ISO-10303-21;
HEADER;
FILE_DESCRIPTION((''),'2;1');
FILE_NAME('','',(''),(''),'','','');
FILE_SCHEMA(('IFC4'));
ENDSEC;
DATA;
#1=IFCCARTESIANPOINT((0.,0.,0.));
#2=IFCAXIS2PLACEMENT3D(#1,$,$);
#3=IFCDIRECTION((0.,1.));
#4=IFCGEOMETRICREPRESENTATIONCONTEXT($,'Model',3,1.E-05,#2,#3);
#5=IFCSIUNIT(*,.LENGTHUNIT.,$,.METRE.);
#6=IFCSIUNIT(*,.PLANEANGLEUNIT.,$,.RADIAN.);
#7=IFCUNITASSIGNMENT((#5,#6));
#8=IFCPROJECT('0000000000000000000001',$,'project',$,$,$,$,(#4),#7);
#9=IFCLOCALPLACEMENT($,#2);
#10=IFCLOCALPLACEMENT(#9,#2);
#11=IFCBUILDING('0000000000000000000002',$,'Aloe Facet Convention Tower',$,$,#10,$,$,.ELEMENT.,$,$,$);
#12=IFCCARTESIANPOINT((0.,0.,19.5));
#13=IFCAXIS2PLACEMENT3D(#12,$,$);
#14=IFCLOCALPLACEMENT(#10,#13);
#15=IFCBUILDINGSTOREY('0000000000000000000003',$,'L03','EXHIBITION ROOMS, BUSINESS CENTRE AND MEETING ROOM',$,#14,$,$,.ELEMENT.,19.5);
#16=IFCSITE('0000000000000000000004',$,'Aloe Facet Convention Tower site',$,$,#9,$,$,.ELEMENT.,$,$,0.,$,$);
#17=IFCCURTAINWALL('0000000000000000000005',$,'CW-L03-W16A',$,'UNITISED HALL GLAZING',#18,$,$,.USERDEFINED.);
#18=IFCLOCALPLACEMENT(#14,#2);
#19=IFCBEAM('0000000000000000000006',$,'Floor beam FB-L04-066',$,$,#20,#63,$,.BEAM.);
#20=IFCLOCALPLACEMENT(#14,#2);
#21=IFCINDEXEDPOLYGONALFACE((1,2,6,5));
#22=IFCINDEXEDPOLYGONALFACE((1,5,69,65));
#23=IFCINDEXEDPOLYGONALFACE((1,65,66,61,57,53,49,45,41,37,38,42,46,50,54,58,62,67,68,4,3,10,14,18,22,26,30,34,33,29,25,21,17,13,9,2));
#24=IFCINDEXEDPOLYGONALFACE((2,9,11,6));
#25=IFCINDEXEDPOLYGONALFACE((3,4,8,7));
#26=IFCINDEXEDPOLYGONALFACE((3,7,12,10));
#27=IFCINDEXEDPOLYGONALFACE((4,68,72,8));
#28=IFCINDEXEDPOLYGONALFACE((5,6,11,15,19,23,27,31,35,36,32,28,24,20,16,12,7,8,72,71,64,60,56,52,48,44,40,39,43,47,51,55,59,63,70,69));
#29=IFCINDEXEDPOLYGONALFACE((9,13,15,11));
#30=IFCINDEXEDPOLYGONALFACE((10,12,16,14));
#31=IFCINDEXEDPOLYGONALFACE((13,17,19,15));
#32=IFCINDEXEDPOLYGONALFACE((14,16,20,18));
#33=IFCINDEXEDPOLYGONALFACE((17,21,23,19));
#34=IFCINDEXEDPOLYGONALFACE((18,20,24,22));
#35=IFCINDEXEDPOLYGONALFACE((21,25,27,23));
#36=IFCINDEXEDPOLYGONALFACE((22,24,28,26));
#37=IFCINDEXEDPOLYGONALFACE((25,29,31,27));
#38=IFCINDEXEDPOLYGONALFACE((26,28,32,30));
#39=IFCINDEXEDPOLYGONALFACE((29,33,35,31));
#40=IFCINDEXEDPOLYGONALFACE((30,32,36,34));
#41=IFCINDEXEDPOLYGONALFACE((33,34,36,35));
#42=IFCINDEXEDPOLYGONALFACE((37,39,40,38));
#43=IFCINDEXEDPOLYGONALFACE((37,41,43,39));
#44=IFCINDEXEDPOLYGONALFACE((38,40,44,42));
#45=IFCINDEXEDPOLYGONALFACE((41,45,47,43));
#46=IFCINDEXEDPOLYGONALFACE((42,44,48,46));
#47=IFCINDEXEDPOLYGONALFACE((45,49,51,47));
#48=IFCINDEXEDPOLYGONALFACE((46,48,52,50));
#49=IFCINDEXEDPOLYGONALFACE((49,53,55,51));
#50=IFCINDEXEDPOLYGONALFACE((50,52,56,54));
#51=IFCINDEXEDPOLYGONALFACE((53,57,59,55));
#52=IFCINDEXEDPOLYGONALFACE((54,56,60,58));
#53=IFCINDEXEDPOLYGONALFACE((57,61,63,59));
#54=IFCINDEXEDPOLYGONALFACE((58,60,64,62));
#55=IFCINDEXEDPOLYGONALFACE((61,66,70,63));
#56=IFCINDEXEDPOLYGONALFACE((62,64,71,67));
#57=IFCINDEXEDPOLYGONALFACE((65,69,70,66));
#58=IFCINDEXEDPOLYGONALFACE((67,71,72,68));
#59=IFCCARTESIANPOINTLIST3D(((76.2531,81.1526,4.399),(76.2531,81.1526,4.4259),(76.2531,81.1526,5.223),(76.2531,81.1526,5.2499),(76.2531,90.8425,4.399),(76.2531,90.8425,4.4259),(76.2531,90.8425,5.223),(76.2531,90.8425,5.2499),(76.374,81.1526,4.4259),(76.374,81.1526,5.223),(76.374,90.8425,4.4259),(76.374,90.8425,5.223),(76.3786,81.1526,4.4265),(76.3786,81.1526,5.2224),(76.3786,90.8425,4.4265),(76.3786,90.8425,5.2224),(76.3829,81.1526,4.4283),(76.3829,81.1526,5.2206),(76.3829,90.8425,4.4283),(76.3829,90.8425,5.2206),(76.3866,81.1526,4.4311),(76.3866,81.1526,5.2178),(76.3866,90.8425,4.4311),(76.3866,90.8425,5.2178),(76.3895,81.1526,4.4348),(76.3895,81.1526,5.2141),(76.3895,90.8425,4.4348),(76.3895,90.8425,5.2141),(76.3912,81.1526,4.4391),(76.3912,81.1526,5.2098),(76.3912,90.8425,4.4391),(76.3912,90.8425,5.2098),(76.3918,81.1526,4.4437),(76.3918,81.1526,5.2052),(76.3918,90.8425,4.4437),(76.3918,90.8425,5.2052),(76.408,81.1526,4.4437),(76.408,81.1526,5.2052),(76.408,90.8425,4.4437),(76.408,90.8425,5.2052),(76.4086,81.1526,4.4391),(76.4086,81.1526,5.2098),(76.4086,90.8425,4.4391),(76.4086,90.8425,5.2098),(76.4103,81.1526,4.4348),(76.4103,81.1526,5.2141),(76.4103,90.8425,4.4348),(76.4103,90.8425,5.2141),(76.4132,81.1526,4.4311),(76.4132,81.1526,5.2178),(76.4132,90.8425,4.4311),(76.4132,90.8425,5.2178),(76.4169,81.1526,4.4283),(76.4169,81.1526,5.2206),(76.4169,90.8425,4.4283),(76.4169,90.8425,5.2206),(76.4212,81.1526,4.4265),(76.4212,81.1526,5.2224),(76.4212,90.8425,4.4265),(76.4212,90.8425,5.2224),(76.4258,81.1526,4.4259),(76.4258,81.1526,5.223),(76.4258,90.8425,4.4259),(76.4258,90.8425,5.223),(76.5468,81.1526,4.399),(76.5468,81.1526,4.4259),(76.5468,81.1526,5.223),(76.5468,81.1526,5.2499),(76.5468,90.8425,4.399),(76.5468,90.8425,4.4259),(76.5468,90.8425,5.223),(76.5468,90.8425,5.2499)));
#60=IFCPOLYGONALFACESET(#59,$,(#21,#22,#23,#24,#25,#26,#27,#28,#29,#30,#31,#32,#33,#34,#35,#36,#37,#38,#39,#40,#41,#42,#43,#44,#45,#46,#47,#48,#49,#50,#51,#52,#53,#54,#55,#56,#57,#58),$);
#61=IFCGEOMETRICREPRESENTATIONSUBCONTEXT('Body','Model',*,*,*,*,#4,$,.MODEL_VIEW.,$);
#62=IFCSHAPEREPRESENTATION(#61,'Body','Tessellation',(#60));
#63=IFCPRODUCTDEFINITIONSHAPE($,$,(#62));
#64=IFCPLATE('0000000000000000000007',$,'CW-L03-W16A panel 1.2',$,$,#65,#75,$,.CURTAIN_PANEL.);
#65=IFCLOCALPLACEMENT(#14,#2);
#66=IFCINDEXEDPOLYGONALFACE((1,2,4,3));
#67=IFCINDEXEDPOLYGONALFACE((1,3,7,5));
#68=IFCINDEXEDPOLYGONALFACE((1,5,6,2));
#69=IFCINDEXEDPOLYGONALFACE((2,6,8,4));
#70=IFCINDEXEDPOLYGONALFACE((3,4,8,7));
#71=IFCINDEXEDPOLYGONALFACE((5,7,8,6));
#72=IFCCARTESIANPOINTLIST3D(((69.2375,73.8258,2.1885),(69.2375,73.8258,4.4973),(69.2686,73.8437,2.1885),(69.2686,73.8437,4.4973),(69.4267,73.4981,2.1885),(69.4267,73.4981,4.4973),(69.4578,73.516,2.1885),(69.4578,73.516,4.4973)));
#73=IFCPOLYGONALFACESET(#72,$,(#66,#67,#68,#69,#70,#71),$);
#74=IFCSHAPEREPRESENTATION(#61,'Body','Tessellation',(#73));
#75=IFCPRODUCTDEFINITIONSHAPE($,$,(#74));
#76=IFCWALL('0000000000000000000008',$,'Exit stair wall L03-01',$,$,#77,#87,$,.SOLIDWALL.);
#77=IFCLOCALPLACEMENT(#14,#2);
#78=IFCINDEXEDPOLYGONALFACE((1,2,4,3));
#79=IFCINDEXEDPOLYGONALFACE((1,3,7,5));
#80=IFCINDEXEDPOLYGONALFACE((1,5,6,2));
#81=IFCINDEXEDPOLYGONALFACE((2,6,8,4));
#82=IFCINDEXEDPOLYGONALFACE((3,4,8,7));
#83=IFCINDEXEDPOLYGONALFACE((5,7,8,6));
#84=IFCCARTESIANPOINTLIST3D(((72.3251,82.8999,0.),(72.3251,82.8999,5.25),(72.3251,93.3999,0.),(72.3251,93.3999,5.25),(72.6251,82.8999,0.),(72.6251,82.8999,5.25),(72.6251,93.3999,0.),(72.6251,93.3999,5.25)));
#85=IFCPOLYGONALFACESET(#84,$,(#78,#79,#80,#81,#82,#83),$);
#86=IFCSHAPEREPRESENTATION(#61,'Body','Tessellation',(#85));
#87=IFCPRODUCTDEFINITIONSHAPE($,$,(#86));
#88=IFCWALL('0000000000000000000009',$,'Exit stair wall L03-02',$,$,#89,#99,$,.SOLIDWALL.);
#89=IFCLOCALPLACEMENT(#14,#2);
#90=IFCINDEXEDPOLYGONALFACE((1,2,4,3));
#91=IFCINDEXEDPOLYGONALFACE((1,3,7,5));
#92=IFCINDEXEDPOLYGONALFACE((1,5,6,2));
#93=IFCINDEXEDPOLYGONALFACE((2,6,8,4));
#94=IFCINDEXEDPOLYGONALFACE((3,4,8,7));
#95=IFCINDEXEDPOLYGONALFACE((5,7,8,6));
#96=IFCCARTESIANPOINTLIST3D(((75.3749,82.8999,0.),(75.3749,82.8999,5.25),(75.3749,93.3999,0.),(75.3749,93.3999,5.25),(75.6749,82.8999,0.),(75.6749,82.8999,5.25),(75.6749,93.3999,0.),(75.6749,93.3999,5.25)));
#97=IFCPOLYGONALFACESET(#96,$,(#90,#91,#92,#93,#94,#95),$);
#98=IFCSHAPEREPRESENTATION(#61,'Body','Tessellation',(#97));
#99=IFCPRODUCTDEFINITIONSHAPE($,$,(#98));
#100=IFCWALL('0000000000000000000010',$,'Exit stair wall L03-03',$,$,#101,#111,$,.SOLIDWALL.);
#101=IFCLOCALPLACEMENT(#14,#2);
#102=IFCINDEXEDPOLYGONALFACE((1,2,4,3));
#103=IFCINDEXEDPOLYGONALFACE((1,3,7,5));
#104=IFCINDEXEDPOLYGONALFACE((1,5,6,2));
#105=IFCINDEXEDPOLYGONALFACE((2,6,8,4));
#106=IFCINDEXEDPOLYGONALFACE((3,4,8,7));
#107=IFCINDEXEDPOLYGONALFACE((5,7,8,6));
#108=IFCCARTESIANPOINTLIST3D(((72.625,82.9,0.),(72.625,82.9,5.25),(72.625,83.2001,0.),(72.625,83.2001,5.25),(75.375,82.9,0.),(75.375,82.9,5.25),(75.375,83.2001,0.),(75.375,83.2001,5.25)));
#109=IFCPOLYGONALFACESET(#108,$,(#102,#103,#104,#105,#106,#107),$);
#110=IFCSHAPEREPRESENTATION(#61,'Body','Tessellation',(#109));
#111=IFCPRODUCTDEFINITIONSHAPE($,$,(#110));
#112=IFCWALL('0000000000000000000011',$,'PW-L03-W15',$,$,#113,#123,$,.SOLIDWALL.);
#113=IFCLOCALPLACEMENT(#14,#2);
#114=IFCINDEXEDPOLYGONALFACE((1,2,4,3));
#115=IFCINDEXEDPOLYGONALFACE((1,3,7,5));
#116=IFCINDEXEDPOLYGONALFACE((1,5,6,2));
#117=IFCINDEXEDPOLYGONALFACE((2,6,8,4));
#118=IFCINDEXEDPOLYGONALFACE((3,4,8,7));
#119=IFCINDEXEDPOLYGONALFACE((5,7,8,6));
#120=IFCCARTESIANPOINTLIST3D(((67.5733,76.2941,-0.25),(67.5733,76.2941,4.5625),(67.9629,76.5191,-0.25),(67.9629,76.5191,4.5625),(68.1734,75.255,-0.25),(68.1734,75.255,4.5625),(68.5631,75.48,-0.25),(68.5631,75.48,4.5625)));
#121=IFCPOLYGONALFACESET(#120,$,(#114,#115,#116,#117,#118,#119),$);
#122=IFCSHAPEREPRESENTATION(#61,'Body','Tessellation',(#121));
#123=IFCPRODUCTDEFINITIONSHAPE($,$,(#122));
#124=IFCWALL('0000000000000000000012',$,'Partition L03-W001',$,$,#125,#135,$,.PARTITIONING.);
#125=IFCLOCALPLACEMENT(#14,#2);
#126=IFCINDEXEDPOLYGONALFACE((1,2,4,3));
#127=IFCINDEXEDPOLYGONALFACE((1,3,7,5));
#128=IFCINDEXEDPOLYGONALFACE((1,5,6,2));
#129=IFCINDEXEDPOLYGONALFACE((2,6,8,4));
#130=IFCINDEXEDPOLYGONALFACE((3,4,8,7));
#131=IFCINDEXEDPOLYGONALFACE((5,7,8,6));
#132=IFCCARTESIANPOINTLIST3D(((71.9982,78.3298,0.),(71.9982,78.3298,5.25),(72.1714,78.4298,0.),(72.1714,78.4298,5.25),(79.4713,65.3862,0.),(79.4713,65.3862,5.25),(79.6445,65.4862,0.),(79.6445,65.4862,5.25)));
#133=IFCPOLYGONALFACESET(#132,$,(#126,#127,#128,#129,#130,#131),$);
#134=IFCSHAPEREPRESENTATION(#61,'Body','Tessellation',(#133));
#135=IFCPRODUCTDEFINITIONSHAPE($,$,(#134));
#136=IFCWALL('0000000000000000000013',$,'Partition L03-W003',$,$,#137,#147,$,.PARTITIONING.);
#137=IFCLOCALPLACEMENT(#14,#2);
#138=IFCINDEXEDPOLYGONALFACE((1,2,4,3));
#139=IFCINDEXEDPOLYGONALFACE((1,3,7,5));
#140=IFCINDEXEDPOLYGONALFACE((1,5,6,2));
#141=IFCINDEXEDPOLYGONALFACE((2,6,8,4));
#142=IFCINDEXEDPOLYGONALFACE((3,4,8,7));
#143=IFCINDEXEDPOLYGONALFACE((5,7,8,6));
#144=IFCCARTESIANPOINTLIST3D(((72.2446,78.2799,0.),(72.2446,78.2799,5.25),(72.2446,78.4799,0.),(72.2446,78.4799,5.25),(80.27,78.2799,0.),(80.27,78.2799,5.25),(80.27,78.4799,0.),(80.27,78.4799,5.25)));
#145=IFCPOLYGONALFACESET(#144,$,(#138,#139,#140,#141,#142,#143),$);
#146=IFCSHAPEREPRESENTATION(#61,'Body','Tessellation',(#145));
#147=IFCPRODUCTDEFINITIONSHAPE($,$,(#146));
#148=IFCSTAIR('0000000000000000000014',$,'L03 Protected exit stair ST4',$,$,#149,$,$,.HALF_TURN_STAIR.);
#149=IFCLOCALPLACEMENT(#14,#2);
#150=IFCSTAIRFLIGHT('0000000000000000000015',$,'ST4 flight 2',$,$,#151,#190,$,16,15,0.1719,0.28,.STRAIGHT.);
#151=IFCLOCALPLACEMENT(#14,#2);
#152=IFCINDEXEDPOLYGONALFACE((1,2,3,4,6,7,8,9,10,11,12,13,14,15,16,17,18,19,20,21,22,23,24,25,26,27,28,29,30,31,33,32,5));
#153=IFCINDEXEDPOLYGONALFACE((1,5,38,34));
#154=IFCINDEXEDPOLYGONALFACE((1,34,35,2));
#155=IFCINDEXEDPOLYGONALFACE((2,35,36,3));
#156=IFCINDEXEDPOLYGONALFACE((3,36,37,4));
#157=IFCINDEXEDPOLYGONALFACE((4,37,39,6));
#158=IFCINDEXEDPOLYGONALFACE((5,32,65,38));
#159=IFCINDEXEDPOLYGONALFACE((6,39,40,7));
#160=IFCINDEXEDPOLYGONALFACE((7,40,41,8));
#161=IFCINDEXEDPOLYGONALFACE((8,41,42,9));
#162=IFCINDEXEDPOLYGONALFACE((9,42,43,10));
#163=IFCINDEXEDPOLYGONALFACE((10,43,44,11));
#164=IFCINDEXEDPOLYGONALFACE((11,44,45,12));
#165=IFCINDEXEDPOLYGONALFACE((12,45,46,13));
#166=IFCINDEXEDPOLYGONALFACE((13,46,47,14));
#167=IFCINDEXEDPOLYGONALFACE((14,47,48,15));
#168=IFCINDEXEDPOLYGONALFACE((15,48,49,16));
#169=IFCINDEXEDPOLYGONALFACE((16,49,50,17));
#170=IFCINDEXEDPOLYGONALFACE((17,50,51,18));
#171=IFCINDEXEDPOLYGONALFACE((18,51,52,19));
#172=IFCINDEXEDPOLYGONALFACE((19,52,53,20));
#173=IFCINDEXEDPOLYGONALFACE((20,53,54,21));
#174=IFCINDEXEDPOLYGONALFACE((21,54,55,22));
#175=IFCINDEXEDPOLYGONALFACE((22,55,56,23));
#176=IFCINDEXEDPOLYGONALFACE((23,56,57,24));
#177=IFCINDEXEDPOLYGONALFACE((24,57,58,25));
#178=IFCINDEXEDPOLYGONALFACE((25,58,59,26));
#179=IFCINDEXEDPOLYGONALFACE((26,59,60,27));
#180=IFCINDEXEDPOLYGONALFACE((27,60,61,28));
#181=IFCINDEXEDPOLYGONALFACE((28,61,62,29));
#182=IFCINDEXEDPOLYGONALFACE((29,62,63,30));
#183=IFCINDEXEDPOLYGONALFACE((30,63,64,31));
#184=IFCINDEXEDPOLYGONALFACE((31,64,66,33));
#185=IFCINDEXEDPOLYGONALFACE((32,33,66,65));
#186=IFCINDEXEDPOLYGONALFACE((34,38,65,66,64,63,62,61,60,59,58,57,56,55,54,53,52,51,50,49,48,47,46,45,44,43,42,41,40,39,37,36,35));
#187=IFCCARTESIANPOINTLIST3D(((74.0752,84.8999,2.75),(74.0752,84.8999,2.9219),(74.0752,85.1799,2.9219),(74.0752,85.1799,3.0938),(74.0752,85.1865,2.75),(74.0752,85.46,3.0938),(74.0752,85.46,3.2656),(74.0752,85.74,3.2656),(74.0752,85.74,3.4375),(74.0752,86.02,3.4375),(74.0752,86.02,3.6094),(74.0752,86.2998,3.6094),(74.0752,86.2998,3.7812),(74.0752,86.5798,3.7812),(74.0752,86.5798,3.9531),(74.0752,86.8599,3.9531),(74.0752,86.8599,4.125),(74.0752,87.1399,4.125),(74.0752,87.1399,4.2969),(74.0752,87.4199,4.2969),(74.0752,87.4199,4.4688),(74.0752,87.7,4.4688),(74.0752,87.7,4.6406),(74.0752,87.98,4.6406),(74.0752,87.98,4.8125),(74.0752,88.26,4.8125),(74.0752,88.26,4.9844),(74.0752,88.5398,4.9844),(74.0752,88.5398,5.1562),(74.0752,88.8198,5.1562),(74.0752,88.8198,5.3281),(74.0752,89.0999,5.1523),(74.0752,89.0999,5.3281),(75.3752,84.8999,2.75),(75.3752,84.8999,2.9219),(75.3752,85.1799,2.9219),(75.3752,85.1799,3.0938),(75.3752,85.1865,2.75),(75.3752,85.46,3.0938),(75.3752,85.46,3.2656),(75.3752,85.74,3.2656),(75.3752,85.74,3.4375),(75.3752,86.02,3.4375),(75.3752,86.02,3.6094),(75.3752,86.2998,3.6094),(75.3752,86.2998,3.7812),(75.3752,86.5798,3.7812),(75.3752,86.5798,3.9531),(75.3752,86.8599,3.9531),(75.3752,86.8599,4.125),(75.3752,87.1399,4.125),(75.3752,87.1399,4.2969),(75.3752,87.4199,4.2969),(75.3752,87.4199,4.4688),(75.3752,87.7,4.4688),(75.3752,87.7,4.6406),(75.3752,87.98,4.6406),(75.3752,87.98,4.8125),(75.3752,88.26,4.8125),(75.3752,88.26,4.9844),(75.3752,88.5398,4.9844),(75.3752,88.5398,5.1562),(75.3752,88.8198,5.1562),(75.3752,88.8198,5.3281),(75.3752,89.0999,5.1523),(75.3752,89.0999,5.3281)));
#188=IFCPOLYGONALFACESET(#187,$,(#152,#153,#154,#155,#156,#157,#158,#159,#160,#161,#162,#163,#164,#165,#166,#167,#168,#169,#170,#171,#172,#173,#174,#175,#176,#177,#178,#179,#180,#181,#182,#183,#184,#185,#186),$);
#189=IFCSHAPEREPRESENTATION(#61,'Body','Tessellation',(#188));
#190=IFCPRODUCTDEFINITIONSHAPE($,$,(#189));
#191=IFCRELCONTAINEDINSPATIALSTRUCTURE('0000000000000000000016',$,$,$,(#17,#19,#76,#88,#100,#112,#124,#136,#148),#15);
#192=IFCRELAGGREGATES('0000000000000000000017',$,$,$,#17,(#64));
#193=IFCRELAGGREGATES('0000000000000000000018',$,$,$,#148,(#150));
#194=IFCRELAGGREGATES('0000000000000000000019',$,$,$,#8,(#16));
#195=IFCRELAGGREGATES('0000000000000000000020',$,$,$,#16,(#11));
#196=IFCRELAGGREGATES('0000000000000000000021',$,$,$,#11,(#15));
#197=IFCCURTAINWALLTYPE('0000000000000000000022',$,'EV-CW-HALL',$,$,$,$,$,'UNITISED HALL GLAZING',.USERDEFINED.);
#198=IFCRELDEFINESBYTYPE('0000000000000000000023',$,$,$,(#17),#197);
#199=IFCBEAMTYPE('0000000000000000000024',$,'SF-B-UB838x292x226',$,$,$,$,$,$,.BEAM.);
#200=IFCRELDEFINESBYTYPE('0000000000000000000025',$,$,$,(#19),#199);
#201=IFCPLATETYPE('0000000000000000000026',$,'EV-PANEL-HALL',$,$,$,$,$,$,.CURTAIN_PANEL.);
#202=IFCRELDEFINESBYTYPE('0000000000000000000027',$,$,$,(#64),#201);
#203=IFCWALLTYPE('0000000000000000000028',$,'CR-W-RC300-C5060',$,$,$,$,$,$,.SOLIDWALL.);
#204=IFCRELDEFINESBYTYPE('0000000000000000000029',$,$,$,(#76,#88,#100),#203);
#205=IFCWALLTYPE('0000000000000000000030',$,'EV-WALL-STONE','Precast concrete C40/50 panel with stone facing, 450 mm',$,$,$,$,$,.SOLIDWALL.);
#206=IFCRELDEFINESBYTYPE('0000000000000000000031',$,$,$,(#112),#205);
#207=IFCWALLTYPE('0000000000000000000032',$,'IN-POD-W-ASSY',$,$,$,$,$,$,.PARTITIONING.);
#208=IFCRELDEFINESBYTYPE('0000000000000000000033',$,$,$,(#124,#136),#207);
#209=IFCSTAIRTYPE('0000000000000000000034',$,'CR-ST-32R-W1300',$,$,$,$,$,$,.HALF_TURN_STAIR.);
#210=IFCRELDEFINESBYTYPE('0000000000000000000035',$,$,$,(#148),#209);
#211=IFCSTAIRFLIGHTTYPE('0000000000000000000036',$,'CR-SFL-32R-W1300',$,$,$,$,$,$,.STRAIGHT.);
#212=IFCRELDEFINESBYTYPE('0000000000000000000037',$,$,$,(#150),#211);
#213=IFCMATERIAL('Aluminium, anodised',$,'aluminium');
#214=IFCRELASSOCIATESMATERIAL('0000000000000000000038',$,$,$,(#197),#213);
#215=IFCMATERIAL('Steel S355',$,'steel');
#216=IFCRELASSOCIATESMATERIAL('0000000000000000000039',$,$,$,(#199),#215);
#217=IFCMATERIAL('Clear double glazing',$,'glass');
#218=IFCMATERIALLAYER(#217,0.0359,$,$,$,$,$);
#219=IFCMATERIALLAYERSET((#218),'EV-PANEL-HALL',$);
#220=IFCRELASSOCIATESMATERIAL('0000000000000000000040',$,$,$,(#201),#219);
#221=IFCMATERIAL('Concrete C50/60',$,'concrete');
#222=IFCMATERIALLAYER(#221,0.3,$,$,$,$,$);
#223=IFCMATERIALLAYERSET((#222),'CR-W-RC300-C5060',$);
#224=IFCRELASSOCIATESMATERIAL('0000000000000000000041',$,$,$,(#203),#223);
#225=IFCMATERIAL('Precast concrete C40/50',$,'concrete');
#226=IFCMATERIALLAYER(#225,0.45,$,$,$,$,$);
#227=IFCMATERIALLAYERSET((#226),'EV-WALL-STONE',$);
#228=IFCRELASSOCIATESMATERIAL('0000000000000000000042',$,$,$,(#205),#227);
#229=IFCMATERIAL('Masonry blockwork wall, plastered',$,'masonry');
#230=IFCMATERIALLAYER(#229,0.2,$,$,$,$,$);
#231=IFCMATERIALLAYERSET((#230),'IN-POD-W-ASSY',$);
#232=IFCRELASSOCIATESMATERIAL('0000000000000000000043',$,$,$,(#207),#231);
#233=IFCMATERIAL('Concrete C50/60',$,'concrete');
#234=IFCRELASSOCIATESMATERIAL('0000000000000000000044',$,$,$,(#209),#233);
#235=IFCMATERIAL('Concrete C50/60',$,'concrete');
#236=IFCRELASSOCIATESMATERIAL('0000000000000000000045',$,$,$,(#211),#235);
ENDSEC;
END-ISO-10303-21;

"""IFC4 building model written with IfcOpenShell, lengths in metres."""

from ifc_helpers import new_model, si_unit, direction, frame, frame_2d, origin, origin_2d, place, context, subcontext, project, spatial, polyline, rectangle, i_section, outline, extrude, material, layer, layer_set, material_profile, profile_set, type_object, element, aggregate, save


model = new_model("IFC4")

# Units and contexts
model_context = context("Model", 3, precision=1e-05, world=origin(), true_north=direction((0.0, 1.0)))
body_context = subcontext(model_context, "Body", "Model", "MODEL_VIEW")
ifc_project = project(units=[si_unit("LENGTHUNIT", "METRE"), si_unit("PLANEANGLEUNIT", "RADIAN")], contexts=[model_context])

# Site, building, storey
site_placement = place(None, origin())
site = spatial("IfcSite", under=ifc_project, at=site_placement, Name="Aloe Facet Convention Tower site", CompositionType="ELEMENT", RefElevation=0.0)
building_placement = place(site_placement, origin())
building = spatial("IfcBuilding", under=site, at=building_placement, Name="Aloe Facet Convention Tower", CompositionType="ELEMENT")
storey_placement = place(building_placement, frame((0.0, 0.0, 19.5)))
storey = spatial("IfcBuildingStorey", under=building, at=storey_placement, Name="L03", Description="EXHIBITION ROOMS, BUSINESS CENTRE AND MEETING ROOM", CompositionType="ELEMENT", Elevation=19.5)

# Curtain wall
ifc_material_1 = material(Name="Aluminium, anodised", Category="aluminium")
curtain_wall_type = type_object("IfcCurtainWallType", Name="EV-CW-HALL", ElementType="UNITISED HALL GLAZING", PredefinedType="USERDEFINED", material=ifc_material_1)
curtain_wall_placement = place(storey_placement, origin())
curtain_wall = element("IfcCurtainWall", 1, at=curtain_wall_placement, inside=storey, type_object=curtain_wall_type, Name="CW-L03-W16A", ObjectType="UNITISED HALL GLAZING", PredefinedType="USERDEFINED")

# Beam
ifc_material_2 = material(Name="Steel S355", Category="steel")
ifc_material_profile_1 = material_profile(ifc_material_2, i_section(OverallWidth=0.2937, OverallDepth=0.8508, WebThickness=0.0161, FlangeThickness=0.0269, FilletRadius=0.0178, at=origin_2d()), Name="UB 838x292x226")
ifc_profile_set_1 = profile_set([ifc_material_profile_1], Name="Steel S355")
beam_type_1 = type_object("IfcBeamType", Name="SF-B-UB838x292x226", PredefinedType="BEAM", material=ifc_profile_set_1)
beam_1_placement = place(storey_placement, frame((76.3999, 81.1526, 4.8245), z_axis=(0.0, 1.0, 0.0), x_axis=(-1.0, 0.0, 0.0)))
element("IfcBeam", 2, at=beam_1_placement, inside=storey, type_object=beam_type_1, Name="Floor beam FB-L04-066", PredefinedType="BEAM", context=body_context, shape_type="SweptSolid", body=[
    extrude(i_section(OverallWidth=0.2937, OverallDepth=0.8508, WebThickness=0.0161, FlangeThickness=0.0269, FilletRadius=0.0178, at=origin_2d()), origin(), (0.0, 0.0, 1.0), 9.6899),
])

# Plate
ifc_material_3 = material(Name="Clear double glazing", Category="glass")
ifc_layer_1 = layer(ifc_material_3, 0.0359)
ifc_layer_set_1 = layer_set([ifc_layer_1], Name="EV-PANEL-HALL")
plate_type = type_object("IfcPlateType", Name="EV-PANEL-HALL", PredefinedType="CURTAIN_PANEL", material=ifc_layer_set_1)
plate_placement = place(storey_placement, frame((69.3477, 73.6709, 2.1885), z_axis=(0.0, 0.0, 1.0), x_axis=(0.5, -0.866025, 0.0)))
plate = element("IfcPlate", 3, at=plate_placement, type_object=plate_type, Name="CW-L03-W16A panel 1.2", PredefinedType="CURTAIN_PANEL", context=body_context, shape_type="SweptSolid", body=[
    extrude(rectangle(XDim=0.3784, YDim=0.0359, at=origin_2d()), origin(), (0.0, 0.0, 1.0), 2.3088),
])
aggregate(curtain_wall, [plate])

# Walls
ifc_material_4 = material(Name="Concrete C50/60", Category="concrete")
ifc_layer_2 = layer(ifc_material_4, 0.3)
ifc_layer_set_2 = layer_set([ifc_layer_2], Name="CR-W-RC300-C5060")
wall_type_1 = type_object("IfcWallType", Name="CR-W-RC300-C5060", PredefinedType="SOLIDWALL", material=ifc_layer_set_2)
for number, where, z_axis, x_axis, name in (
    (4, (72.4751, 82.8999, 0.0), (0.0, 0.0, 1.0), (0.0, 1.0, 0.0), "Exit stair wall L03-01"),
    (5, (75.5249, 82.8999, 0.0), (0.0, 0.0, 1.0), (0.0, 1.0, 0.0), "Exit stair wall L03-02"),
):
    element("IfcWall", number, at=place(storey_placement, frame(where, z_axis=z_axis, x_axis=x_axis)), inside=storey, type_object=wall_type_1, Name=name, PredefinedType="SOLIDWALL", context=body_context, shape_type="SweptSolid", body=[
        extrude(rectangle(XDim=10.5, YDim=0.3, at=frame_2d((5.25, 0.0))), origin(), (0.0, 0.0, 1.0), 5.25),
    ])
wall_1_placement = place(storey_placement, frame((72.625, 83.05, 0.0), z_axis=(0.0, 0.0, 1.0), x_axis=(1.0, 0.0, 0.0)))
element("IfcWall", 6, at=wall_1_placement, inside=storey, type_object=wall_type_1, Name="Exit stair wall L03-03", PredefinedType="SOLIDWALL", context=body_context, shape_type="SweptSolid", body=[
    extrude(rectangle(XDim=2.75, YDim=0.3, at=frame_2d((1.375, 0.0))), origin(), (0.0, 0.0, 1.0), 5.25),
])
ifc_material_5 = material(Name="Precast concrete C40/50", Category="concrete")
ifc_layer_3 = layer(ifc_material_5, 0.45)
ifc_layer_set_3 = layer_set([ifc_layer_3], Name="EV-WALL-STONE")
wall_type_2 = type_object("IfcWallType", Name="EV-WALL-STONE", Description="Precast concrete C40/50 panel with stone facing, 450 mm", PredefinedType="SOLIDWALL", material=ifc_layer_set_3)
wall_2_placement = place(storey_placement, frame((67.7681, 76.4067, -0.25), z_axis=(0.0, 0.0, 1.0), x_axis=(0.500122, -0.865955, 0.0)))
element("IfcWall", 7, at=wall_2_placement, inside=storey, type_object=wall_type_2, Name="PW-L03-W15", PredefinedType="SOLIDWALL", context=body_context, shape_type="SweptSolid", body=[
    extrude(rectangle(XDim=1.2, YDim=0.45, at=frame_2d((0.6001, 0.0))), origin(), (0.0, 0.0, 1.0), 4.8125),
])
ifc_material_6 = material(Name="Masonry blockwork wall, plastered", Category="masonry")
ifc_layer_4 = layer(ifc_material_6, 0.2)
ifc_layer_set_4 = layer_set([ifc_layer_4], Name="IN-POD-W-ASSY")
wall_type_3 = type_object("IfcWallType", Name="IN-POD-W-ASSY", PredefinedType="PARTITIONING", material=ifc_layer_set_4)
wall_3_placement = place(storey_placement, frame((72.0847, 78.3799, 0.0), z_axis=(0.0, 0.0, 1.0), x_axis=(0.500008, -0.866021, 0.0)))
element("IfcWall", 8, at=wall_3_placement, inside=storey, type_object=wall_type_3, Name="Partition L03-W001", PredefinedType="PARTITIONING", context=body_context, shape_type="SweptSolid", body=[
    extrude(rectangle(XDim=14.946, YDim=0.2, at=frame_2d((7.4731, 0.0))), origin(), (0.0, 0.0, 1.0), 5.25),
])
wall_4_placement = place(storey_placement, frame((72.2446, 78.3799, 0.0), z_axis=(0.0, 0.0, 1.0), x_axis=(1.0, 0.0, 0.0)))
element("IfcWall", 9, at=wall_4_placement, inside=storey, type_object=wall_type_3, Name="Partition L03-W003", PredefinedType="PARTITIONING", context=body_context, shape_type="SweptSolid", body=[
    extrude(rectangle(XDim=8.0254, YDim=0.2, at=frame_2d((4.0127, 0.0))), origin(), (0.0, 0.0, 1.0), 5.25),
])

# Stair, stair flight
ifc_material_7 = material(Name="Concrete C50/60", Category="concrete")
stair_type = type_object("IfcStairType", Name="CR-ST-32R-W1300", PredefinedType="HALF_TURN_STAIR", material=ifc_material_7)
stair_placement = place(storey_placement, origin())
stair = element("IfcStair", 10, at=stair_placement, inside=storey, type_object=stair_type, Name="L03 Protected exit stair ST4", PredefinedType="HALF_TURN_STAIR")
ifc_material_8 = material(Name="Concrete C50/60", Category="concrete")
stair_flight_type = type_object("IfcStairFlightType", Name="CR-SFL-32R-W1300", PredefinedType="STRAIGHT", material=ifc_material_8)
stair_flight_placement = place(storey_placement, frame((74.7251, 84.8999, 2.75), z_axis=(0.0, 0.0, 1.0), x_axis=(0.0, 1.0, 0.0)))
stair_flight = element("IfcStairFlight", 11, at=stair_flight_placement, type_object=stair_flight_type, Name="ST4 flight 2", NumberOfRisers=16, NumberOfTreads=15, PredefinedType="STRAIGHT", RiserHeight=0.1719, TreadLength=0.28, context=body_context, shape_type="SweptSolid", body=[
    extrude(outline(polyline([(0.0, 0.0), (0.0, 0.1719), (0.28, 0.1719), (0.28, 0.3438), (0.5601, 0.3438), (0.5601, 0.5156), (0.8401, 0.5156), (0.8401, 0.6875), (1.1201, 0.6875), (1.1201, 0.8594), (1.3999, 0.8594), (1.3999, 1.0312), (1.6799, 1.0312), (1.6799, 1.2031), (1.96, 1.2031), (1.96, 1.375), (2.24, 1.375), (2.24, 1.5469), (2.52, 1.5469), (2.52, 1.7188), (2.8, 1.7188), (2.8, 1.8906), (3.0801, 1.8906), (3.0801, 2.0625), (3.3601, 2.0625), (3.3601, 2.2344), (3.6399, 2.2344), (3.6399, 2.4062), (3.9199, 2.4062), (3.9199, 2.5781), (4.2, 2.5781), (4.2, 2.75), (4.2, 2.4023), (0.2866, 0.0), (0.0, 0.0)])), frame((0.0, 0.6499, 0.0), z_axis=(0.0, -1.0, 0.0), x_axis=(1.0, 0.0, 0.0)), (0.0, 0.0, 1.0), 1.3),
])
aggregate(stair, [stair_flight])

save(model, "model.ifc")
